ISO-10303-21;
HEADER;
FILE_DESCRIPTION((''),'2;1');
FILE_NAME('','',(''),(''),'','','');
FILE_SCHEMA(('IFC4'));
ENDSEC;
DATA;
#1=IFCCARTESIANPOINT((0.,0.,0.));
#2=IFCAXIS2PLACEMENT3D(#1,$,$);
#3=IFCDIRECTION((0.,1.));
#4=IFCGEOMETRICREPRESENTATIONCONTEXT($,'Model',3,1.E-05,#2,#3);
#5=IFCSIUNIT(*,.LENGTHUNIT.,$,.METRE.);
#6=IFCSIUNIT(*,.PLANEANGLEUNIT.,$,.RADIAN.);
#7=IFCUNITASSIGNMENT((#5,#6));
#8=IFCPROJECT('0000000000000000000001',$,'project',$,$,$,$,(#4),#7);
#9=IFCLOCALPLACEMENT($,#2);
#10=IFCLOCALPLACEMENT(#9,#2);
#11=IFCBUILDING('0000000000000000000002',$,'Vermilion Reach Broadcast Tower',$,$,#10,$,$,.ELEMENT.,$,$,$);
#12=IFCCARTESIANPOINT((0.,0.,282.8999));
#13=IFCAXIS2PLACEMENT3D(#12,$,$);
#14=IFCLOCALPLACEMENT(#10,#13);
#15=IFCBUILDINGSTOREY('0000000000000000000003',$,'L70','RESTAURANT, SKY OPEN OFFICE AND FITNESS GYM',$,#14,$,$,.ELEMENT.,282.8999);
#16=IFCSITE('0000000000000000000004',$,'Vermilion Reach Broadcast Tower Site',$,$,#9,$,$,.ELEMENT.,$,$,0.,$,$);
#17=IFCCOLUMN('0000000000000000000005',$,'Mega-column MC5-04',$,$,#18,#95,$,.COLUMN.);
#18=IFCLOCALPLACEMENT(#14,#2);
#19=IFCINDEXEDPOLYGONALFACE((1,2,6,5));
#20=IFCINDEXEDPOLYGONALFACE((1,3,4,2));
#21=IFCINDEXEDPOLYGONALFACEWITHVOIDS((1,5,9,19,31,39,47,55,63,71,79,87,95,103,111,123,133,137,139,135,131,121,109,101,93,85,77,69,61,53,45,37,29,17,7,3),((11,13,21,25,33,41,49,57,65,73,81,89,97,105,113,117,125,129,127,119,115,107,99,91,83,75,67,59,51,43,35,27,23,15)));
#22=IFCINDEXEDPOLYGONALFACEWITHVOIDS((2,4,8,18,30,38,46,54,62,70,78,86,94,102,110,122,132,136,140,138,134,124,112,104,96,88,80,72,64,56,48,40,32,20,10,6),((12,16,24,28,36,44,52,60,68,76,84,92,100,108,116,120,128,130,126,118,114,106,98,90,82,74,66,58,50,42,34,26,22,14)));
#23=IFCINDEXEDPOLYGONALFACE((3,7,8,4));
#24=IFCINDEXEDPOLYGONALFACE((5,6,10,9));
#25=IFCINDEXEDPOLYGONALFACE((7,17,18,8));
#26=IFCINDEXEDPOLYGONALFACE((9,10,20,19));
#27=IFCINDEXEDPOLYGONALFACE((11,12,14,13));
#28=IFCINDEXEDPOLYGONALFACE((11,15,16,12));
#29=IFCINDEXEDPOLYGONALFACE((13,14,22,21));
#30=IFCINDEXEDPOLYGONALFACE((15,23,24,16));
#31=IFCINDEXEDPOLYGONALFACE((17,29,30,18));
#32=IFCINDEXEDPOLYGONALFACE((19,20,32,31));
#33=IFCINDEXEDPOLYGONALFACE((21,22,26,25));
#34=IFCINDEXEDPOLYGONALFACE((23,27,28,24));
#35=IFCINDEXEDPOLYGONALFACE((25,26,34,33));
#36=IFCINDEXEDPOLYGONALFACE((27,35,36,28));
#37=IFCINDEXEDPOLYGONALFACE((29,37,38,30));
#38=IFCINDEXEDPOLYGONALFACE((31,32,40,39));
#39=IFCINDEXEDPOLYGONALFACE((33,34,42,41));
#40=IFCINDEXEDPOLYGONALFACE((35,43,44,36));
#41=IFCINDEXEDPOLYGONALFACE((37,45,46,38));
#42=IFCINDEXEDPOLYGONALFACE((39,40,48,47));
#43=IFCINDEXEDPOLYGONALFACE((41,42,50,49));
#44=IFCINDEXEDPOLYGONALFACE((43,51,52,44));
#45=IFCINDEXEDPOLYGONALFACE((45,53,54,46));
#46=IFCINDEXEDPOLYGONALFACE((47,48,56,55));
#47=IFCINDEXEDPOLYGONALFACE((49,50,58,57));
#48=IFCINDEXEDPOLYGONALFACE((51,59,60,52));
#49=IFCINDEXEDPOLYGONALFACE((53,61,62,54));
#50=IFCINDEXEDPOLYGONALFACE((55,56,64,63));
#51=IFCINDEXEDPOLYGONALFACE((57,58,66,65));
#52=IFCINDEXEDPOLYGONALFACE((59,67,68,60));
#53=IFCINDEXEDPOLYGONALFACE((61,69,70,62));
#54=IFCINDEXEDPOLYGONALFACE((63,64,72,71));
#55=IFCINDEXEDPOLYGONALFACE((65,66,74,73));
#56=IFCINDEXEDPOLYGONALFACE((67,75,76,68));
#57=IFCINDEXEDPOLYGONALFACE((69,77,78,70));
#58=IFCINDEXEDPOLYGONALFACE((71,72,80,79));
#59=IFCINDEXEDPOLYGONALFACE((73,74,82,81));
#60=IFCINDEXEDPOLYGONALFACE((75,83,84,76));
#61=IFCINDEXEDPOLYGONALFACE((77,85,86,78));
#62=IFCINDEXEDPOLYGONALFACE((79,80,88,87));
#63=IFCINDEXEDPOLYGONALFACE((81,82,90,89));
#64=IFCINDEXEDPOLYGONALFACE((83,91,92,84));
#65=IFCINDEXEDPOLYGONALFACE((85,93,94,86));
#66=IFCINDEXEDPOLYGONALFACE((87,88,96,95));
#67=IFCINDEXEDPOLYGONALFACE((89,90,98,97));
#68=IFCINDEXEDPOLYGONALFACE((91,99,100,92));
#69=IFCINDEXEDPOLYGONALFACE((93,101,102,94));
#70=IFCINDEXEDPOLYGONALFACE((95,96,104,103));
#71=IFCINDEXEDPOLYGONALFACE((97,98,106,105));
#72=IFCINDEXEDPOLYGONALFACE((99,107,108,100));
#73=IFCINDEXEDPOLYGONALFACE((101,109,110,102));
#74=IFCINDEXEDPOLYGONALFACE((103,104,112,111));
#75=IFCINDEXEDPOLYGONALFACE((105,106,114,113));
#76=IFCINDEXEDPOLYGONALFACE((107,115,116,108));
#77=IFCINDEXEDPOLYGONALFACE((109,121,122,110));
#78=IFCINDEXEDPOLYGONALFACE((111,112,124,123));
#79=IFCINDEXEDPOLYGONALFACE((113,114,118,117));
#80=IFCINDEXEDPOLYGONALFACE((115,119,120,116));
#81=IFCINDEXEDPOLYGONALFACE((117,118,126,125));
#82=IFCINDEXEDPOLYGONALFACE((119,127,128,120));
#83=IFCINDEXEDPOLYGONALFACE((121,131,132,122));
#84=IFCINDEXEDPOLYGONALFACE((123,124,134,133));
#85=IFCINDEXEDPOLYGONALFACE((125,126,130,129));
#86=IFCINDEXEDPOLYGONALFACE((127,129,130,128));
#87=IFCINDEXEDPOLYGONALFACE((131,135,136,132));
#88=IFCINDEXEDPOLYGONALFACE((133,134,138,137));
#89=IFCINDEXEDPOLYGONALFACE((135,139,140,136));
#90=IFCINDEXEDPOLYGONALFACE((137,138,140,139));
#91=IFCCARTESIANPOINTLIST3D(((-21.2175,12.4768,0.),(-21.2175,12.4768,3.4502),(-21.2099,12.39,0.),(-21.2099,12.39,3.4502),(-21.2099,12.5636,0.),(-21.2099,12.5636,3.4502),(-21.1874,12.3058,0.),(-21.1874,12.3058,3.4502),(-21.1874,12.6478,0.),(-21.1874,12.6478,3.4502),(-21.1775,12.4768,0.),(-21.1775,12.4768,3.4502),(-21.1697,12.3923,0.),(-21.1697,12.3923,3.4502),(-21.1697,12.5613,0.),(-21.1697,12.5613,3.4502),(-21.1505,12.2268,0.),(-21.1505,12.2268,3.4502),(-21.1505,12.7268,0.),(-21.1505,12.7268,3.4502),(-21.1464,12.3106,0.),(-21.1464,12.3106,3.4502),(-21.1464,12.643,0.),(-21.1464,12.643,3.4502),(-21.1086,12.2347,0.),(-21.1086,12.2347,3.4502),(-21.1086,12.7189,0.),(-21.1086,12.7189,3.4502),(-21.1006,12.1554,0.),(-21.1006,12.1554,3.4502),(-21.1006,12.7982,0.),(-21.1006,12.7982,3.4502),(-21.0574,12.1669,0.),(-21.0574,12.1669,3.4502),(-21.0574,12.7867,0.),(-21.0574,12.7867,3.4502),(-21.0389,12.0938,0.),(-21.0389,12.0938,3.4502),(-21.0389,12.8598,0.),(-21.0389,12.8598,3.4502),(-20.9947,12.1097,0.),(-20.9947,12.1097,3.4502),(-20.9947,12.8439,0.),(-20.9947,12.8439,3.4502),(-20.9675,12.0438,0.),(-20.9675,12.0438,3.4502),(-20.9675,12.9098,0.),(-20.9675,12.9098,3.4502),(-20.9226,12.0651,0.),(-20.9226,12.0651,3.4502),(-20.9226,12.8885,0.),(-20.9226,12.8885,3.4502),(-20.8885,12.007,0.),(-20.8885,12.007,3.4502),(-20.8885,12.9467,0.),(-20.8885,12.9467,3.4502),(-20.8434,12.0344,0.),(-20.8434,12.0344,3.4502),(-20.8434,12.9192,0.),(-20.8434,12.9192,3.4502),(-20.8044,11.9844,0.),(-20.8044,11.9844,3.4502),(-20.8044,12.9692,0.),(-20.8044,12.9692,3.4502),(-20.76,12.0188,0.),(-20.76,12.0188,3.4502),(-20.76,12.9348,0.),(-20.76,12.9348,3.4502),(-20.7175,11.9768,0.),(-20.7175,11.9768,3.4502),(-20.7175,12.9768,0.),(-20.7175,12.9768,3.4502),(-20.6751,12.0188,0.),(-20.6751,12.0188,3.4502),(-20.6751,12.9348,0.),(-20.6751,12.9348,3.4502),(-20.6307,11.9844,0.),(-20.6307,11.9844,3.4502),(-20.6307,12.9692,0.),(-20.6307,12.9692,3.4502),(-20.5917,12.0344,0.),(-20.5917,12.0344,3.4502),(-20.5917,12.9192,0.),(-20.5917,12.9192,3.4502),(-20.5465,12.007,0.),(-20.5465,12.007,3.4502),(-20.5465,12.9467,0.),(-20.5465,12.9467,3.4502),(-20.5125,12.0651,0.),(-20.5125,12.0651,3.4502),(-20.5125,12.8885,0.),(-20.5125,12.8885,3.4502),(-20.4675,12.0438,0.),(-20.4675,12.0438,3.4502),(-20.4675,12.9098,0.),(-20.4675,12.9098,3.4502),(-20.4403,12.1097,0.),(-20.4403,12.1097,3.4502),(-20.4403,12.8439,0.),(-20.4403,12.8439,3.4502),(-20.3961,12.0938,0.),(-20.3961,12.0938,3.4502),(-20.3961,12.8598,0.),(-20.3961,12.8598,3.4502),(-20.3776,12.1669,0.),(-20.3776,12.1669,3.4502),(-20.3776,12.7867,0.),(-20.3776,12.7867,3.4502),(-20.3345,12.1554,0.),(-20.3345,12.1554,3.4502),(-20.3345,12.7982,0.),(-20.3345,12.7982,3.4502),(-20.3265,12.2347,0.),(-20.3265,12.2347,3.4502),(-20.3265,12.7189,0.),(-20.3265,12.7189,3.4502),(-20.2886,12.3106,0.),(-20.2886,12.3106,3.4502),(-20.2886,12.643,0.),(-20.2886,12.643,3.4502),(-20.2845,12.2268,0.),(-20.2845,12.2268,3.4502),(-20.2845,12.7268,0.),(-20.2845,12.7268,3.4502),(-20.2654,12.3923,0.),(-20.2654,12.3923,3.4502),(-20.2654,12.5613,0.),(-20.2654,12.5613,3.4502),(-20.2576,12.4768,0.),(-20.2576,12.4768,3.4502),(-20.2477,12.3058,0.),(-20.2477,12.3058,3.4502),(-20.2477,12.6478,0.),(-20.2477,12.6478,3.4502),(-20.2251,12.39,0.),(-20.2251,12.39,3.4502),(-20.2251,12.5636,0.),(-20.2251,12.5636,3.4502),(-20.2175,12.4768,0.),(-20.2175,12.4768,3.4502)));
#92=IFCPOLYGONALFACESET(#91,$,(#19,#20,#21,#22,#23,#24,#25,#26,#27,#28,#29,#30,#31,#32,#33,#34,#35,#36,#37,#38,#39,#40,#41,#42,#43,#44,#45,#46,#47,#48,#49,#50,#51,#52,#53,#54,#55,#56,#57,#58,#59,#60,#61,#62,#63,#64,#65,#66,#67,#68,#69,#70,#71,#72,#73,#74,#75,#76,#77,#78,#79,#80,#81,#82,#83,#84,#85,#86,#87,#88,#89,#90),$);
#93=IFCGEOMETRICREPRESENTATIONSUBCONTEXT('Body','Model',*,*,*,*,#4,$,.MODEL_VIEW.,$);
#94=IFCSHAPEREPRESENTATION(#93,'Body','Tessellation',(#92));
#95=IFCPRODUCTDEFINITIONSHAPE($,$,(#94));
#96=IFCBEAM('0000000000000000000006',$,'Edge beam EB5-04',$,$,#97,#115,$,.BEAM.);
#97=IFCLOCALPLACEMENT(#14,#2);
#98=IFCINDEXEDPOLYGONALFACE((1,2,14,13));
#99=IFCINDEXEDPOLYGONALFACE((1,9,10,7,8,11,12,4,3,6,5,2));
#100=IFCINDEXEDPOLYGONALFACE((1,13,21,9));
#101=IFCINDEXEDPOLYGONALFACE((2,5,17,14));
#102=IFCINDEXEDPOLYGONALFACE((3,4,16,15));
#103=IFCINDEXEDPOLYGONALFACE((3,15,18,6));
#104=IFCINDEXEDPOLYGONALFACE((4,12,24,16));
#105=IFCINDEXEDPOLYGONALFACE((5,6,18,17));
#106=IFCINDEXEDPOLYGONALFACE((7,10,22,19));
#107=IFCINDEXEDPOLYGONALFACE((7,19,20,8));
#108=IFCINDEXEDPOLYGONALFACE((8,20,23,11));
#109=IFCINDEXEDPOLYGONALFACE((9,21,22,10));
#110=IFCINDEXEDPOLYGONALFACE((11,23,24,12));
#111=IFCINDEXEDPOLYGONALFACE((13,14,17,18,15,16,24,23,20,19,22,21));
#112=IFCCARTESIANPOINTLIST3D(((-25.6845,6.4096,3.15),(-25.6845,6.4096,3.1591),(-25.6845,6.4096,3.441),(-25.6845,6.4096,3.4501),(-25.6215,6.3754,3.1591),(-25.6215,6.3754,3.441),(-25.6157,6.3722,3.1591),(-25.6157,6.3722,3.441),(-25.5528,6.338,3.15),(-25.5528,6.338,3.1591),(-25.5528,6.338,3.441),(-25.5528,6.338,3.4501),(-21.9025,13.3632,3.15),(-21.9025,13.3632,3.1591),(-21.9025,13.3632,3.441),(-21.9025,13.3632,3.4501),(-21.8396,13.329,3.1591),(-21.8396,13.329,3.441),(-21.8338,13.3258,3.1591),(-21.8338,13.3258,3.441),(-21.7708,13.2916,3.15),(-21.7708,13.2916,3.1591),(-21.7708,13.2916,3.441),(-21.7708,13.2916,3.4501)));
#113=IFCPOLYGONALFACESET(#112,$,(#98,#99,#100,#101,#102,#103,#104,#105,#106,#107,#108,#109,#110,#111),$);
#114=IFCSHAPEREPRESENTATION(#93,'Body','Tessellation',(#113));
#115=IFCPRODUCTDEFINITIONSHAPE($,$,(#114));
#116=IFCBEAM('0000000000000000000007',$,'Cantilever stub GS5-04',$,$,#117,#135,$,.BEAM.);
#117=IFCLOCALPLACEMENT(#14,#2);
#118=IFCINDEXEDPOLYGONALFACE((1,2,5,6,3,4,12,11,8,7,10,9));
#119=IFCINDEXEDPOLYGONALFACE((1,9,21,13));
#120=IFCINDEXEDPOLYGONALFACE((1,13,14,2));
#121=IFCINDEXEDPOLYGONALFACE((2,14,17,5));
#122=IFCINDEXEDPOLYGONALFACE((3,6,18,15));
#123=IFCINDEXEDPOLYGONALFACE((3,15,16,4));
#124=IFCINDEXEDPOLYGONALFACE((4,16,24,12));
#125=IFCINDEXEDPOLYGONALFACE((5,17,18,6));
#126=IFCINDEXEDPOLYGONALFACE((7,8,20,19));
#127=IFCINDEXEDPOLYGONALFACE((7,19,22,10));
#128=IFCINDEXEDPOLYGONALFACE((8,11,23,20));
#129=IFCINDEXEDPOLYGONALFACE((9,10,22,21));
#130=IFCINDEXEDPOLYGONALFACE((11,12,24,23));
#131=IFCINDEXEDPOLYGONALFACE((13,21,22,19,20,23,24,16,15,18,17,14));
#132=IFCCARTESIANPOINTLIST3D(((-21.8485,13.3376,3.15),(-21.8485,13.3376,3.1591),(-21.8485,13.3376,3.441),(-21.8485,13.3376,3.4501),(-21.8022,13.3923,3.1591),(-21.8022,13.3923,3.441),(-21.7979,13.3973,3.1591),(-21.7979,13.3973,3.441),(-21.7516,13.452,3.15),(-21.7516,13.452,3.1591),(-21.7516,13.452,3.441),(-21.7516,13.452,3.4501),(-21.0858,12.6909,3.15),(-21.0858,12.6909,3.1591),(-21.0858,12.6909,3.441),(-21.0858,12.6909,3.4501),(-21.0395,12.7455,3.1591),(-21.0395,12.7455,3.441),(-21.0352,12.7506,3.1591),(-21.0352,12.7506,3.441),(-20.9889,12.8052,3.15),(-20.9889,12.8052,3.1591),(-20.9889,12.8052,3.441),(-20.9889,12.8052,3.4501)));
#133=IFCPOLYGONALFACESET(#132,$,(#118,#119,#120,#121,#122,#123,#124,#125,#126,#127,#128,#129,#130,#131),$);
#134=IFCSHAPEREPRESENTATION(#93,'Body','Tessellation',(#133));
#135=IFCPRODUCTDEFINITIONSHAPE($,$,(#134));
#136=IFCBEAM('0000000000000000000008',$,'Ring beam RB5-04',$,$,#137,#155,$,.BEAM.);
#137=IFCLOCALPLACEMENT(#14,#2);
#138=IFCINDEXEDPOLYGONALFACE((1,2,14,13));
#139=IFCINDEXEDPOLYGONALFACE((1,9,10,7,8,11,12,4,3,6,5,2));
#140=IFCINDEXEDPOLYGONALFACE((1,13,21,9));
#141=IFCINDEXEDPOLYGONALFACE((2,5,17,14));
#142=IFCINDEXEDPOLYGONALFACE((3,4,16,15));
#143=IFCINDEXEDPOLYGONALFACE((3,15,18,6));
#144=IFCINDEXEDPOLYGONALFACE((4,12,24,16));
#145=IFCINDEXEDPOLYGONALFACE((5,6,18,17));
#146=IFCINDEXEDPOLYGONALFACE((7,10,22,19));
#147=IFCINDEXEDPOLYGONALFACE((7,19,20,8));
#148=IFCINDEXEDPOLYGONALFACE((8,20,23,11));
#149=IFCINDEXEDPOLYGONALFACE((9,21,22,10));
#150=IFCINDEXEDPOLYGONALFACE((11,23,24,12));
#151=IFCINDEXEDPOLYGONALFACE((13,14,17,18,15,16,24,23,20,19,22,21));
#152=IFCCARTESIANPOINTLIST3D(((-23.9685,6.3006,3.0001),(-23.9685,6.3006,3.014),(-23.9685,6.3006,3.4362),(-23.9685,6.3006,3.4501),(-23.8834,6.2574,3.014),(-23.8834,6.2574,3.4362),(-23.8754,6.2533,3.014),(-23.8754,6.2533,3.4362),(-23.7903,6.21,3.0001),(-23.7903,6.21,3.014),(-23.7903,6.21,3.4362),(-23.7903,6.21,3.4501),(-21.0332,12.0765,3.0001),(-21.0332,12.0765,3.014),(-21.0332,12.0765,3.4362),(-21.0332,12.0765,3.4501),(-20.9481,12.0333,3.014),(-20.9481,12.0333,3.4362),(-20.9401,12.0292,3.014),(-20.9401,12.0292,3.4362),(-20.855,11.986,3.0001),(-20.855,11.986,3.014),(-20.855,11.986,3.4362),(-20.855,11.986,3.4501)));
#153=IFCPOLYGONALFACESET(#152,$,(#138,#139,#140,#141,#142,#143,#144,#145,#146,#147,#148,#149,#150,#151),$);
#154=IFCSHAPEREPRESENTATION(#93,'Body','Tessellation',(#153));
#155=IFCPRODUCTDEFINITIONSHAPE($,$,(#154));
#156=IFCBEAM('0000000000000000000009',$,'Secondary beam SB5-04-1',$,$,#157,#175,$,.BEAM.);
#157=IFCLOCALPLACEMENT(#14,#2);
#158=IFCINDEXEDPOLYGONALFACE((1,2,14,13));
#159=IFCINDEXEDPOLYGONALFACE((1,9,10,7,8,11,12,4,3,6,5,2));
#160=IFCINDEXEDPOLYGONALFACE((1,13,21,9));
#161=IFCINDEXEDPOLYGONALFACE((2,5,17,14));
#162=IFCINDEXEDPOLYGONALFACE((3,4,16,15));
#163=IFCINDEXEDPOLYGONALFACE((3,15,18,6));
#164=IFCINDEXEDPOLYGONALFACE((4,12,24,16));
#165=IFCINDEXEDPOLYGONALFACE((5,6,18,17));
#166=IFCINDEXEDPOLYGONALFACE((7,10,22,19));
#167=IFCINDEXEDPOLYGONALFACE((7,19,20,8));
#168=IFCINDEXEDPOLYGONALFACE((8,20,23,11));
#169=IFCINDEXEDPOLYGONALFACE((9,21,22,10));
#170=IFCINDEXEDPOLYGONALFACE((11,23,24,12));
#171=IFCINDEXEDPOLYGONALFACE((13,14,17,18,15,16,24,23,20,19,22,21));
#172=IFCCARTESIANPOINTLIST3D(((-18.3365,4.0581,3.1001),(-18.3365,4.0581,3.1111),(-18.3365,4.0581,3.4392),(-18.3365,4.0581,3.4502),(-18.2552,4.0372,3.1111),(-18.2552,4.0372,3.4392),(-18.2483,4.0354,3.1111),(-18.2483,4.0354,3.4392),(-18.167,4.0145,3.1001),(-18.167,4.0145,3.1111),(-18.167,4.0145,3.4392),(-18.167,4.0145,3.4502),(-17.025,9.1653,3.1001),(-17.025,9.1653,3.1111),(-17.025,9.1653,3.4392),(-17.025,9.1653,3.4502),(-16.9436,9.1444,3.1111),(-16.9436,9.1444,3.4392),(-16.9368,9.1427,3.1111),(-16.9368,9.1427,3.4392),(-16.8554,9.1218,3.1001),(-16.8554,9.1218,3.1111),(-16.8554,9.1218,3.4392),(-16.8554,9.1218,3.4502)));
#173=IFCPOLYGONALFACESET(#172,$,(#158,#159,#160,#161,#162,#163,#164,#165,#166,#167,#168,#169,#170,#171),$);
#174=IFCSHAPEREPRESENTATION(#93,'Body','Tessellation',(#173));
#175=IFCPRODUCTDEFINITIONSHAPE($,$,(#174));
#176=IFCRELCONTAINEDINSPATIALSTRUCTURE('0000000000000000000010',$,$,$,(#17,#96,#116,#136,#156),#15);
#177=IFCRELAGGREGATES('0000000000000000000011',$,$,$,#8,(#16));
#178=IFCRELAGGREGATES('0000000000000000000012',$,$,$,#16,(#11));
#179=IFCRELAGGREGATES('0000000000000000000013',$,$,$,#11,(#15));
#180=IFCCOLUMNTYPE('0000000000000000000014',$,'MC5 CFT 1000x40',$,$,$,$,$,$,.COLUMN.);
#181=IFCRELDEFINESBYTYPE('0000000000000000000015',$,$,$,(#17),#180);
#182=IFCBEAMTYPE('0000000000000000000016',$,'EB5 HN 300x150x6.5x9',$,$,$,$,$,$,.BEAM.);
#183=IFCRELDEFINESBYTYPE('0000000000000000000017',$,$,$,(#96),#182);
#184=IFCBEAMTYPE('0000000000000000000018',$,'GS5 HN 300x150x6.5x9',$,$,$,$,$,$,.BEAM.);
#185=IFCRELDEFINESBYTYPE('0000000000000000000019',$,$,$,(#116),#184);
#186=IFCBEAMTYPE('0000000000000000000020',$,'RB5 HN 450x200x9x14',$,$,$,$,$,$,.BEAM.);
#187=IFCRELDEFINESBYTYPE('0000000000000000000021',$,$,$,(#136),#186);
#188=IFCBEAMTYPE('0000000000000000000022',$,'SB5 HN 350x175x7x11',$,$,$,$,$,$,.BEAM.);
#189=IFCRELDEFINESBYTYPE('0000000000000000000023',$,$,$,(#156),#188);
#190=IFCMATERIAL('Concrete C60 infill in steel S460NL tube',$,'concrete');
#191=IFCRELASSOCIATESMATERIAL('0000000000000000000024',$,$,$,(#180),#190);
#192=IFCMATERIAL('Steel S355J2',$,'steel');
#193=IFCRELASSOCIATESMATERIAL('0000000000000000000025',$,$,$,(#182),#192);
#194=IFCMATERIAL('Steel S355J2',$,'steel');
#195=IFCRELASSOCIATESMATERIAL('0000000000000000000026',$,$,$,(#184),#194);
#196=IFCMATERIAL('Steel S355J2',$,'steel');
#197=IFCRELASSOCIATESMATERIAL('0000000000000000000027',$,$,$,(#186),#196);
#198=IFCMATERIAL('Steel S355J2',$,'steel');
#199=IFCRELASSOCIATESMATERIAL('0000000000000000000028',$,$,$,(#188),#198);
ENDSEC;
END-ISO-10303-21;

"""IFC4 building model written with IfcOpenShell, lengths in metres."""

from ifc_helpers import new_model, si_unit, direction, frame, origin, origin_2d, place, context, subcontext, project, spatial, hollow_circle, i_section, extrude, material, material_profile, profile_set, type_object, element, save


model = new_model("IFC4")

# Units and contexts
model_context = context("Model", 3, precision=1e-05, world=origin(), true_north=direction((0.0, 1.0)))
body_context = subcontext(model_context, "Body", "Model", "MODEL_VIEW")
ifc_project = project(units=[si_unit("LENGTHUNIT", "METRE"), si_unit("PLANEANGLEUNIT", "RADIAN")], contexts=[model_context])

# Site, building, storey
site_placement = place(None, origin())
site = spatial("IfcSite", under=ifc_project, at=site_placement, Name="Vermilion Reach Broadcast Tower Site", CompositionType="ELEMENT", RefElevation=0.0)
building_placement = place(site_placement, origin())
building = spatial("IfcBuilding", under=site, at=building_placement, Name="Vermilion Reach Broadcast Tower", CompositionType="ELEMENT")
storey_placement = place(building_placement, frame((0.0, 0.0, 282.8999)))
storey = spatial("IfcBuildingStorey", under=building, at=storey_placement, Name="L70", Description="RESTAURANT, SKY OPEN OFFICE AND FITNESS GYM", CompositionType="ELEMENT", Elevation=282.8999)

# Column
ifc_material_1 = material(Name="Concrete C60 infill in steel S460NL tube", Category="concrete")
ifc_material_profile_1 = material_profile(ifc_material_1, hollow_circle(Radius=0.5, WallThickness=0.04, at=origin_2d()), Name="Concrete C60 infill in steel S460NL tube CFT 1000x40")
ifc_profile_set_1 = profile_set([ifc_material_profile_1], Name="Concrete C60 infill in steel S460NL tube")
column_type = type_object("IfcColumnType", Name="MC5 CFT 1000x40", PredefinedType="COLUMN", material=ifc_profile_set_1)
column_placement = place(storey_placement, frame((-20.7175, 12.4768, 0.0), z_axis=(0.0, 0.0, 1.0), x_axis=(1.0, 0.0, 0.0)))
element("IfcColumn", 1, at=column_placement, inside=storey, type_object=column_type, Name="Mega-column MC5-04", PredefinedType="COLUMN", context=body_context, shape_type="SweptSolid", body=[
    extrude(hollow_circle(Radius=0.5, WallThickness=0.04, at=origin_2d()), origin(), (0.0, 0.0, 1.0), 3.4502),
])

# Beams
ifc_material_2 = material(Name="Steel S355J2", Category="steel")
ifc_material_profile_2 = material_profile(ifc_material_2, i_section(OverallWidth=0.1499, OverallDepth=0.3, WebThickness=0.0066, FlangeThickness=0.009, at=origin_2d()), Name="S355J2 HN 300x150x6.5x9")
ifc_profile_set_2 = profile_set([ifc_material_profile_2], Name="Steel S355J2")
beam_type_1 = type_object("IfcBeamType", Name="EB5 HN 300x150x6.5x9", PredefinedType="BEAM", material=ifc_profile_set_2)
beam_1_placement = place(storey_placement, frame((-21.8367, 13.3274, 3.3), z_axis=(-0.477791, -0.878474, 0.0), x_axis=(0.878474, -0.477791, 0.0)))
element("IfcBeam", 2, at=beam_1_placement, inside=storey, type_object=beam_type_1, Name="Edge beam EB5-04", PredefinedType="BEAM", context=body_context, shape_type="SweptSolid", body=[
    extrude(i_section(OverallWidth=0.1499, OverallDepth=0.3, WebThickness=0.0066, FlangeThickness=0.009, at=origin_2d()), origin(), (0.0, 0.0, 1.0), 7.9155),
])
ifc_material_3 = material(Name="Steel S355J2", Category="steel")
ifc_material_profile_3 = material_profile(ifc_material_3, i_section(OverallWidth=0.1499, OverallDepth=0.3, WebThickness=0.0066, FlangeThickness=0.009, at=origin_2d()), Name="S355J2 HN 300x150x6.5x9")
ifc_profile_set_3 = profile_set([ifc_material_profile_3], Name="Steel S355J2")
beam_type_2 = type_object("IfcBeamType", Name="GS5 HN 300x150x6.5x9", PredefinedType="BEAM", material=ifc_profile_set_3)
beam_2_placement = place(storey_placement, frame((-21.0374, 12.748, 3.3), z_axis=(-0.76271, 0.646741, 0.0), x_axis=(-0.646741, -0.76271, 0.0)))
element("IfcBeam", 3, at=beam_2_placement, inside=storey, type_object=beam_type_2, Name="Cantilever stub GS5-04", PredefinedType="BEAM", context=body_context, shape_type="SweptSolid", body=[
    extrude(i_section(OverallWidth=0.1499, OverallDepth=0.3, WebThickness=0.0066, FlangeThickness=0.009, at=origin_2d()), origin(), (0.0, 0.0, 1.0), 1.0),
])
ifc_material_4 = material(Name="Steel S355J2", Category="steel")
ifc_material_profile_4 = material_profile(ifc_material_4, i_section(OverallWidth=0.2, OverallDepth=0.45, WebThickness=0.009, FlangeThickness=0.0139, at=origin_2d()), Name="S355J2 HN 450x200x9x14")
ifc_profile_set_4 = profile_set([ifc_material_profile_4], Name="Steel S355J2")
beam_type_3 = type_object("IfcBeamType", Name="RB5 HN 450x200x9x14", PredefinedType="BEAM", material=ifc_profile_set_4)
beam_3_placement = place(storey_placement, frame((-20.9441, 12.0312, 3.2251), z_axis=(-0.453052, -0.891484, 0.0), x_axis=(0.891484, -0.453052, 0.0)))
element("IfcBeam", 4, at=beam_3_placement, inside=storey, type_object=beam_type_3, Name="Ring beam RB5-04", PredefinedType="BEAM", context=body_context, shape_type="SweptSolid", body=[
    extrude(i_section(OverallWidth=0.2, OverallDepth=0.45, WebThickness=0.009, FlangeThickness=0.0139, at=origin_2d()), origin(), (0.0, 0.0, 1.0), 6.479),
])
ifc_material_5 = material(Name="Steel S355J2", Category="steel")
ifc_material_profile_5 = material_profile(ifc_material_5, i_section(OverallWidth=0.175, OverallDepth=0.3501, WebThickness=0.0071, FlangeThickness=0.011, at=origin_2d()), Name="S355J2 HN 350x175x7x11")
ifc_profile_set_5 = profile_set([ifc_material_profile_5], Name="Steel S355J2")
beam_type_4 = type_object("IfcBeamType", Name="SB5 HN 350x175x7x11", PredefinedType="BEAM", material=ifc_profile_set_5)
beam_4_placement = place(storey_placement, frame((-16.9402, 9.1436, 3.2751), z_axis=(-0.24873, -0.968573, 0.0), x_axis=(0.968573, -0.24873, 0.0)))
element("IfcBeam", 5, at=beam_4_placement, inside=storey, type_object=beam_type_4, Name="Secondary beam SB5-04-1", PredefinedType="BEAM", context=body_context, shape_type="SweptSolid", body=[
    extrude(i_section(OverallWidth=0.175, OverallDepth=0.3501, WebThickness=0.0071, FlangeThickness=0.011, at=origin_2d()), origin(), (0.0, 0.0, 1.0), 5.2729),
])

save(model, "model.ifc")
